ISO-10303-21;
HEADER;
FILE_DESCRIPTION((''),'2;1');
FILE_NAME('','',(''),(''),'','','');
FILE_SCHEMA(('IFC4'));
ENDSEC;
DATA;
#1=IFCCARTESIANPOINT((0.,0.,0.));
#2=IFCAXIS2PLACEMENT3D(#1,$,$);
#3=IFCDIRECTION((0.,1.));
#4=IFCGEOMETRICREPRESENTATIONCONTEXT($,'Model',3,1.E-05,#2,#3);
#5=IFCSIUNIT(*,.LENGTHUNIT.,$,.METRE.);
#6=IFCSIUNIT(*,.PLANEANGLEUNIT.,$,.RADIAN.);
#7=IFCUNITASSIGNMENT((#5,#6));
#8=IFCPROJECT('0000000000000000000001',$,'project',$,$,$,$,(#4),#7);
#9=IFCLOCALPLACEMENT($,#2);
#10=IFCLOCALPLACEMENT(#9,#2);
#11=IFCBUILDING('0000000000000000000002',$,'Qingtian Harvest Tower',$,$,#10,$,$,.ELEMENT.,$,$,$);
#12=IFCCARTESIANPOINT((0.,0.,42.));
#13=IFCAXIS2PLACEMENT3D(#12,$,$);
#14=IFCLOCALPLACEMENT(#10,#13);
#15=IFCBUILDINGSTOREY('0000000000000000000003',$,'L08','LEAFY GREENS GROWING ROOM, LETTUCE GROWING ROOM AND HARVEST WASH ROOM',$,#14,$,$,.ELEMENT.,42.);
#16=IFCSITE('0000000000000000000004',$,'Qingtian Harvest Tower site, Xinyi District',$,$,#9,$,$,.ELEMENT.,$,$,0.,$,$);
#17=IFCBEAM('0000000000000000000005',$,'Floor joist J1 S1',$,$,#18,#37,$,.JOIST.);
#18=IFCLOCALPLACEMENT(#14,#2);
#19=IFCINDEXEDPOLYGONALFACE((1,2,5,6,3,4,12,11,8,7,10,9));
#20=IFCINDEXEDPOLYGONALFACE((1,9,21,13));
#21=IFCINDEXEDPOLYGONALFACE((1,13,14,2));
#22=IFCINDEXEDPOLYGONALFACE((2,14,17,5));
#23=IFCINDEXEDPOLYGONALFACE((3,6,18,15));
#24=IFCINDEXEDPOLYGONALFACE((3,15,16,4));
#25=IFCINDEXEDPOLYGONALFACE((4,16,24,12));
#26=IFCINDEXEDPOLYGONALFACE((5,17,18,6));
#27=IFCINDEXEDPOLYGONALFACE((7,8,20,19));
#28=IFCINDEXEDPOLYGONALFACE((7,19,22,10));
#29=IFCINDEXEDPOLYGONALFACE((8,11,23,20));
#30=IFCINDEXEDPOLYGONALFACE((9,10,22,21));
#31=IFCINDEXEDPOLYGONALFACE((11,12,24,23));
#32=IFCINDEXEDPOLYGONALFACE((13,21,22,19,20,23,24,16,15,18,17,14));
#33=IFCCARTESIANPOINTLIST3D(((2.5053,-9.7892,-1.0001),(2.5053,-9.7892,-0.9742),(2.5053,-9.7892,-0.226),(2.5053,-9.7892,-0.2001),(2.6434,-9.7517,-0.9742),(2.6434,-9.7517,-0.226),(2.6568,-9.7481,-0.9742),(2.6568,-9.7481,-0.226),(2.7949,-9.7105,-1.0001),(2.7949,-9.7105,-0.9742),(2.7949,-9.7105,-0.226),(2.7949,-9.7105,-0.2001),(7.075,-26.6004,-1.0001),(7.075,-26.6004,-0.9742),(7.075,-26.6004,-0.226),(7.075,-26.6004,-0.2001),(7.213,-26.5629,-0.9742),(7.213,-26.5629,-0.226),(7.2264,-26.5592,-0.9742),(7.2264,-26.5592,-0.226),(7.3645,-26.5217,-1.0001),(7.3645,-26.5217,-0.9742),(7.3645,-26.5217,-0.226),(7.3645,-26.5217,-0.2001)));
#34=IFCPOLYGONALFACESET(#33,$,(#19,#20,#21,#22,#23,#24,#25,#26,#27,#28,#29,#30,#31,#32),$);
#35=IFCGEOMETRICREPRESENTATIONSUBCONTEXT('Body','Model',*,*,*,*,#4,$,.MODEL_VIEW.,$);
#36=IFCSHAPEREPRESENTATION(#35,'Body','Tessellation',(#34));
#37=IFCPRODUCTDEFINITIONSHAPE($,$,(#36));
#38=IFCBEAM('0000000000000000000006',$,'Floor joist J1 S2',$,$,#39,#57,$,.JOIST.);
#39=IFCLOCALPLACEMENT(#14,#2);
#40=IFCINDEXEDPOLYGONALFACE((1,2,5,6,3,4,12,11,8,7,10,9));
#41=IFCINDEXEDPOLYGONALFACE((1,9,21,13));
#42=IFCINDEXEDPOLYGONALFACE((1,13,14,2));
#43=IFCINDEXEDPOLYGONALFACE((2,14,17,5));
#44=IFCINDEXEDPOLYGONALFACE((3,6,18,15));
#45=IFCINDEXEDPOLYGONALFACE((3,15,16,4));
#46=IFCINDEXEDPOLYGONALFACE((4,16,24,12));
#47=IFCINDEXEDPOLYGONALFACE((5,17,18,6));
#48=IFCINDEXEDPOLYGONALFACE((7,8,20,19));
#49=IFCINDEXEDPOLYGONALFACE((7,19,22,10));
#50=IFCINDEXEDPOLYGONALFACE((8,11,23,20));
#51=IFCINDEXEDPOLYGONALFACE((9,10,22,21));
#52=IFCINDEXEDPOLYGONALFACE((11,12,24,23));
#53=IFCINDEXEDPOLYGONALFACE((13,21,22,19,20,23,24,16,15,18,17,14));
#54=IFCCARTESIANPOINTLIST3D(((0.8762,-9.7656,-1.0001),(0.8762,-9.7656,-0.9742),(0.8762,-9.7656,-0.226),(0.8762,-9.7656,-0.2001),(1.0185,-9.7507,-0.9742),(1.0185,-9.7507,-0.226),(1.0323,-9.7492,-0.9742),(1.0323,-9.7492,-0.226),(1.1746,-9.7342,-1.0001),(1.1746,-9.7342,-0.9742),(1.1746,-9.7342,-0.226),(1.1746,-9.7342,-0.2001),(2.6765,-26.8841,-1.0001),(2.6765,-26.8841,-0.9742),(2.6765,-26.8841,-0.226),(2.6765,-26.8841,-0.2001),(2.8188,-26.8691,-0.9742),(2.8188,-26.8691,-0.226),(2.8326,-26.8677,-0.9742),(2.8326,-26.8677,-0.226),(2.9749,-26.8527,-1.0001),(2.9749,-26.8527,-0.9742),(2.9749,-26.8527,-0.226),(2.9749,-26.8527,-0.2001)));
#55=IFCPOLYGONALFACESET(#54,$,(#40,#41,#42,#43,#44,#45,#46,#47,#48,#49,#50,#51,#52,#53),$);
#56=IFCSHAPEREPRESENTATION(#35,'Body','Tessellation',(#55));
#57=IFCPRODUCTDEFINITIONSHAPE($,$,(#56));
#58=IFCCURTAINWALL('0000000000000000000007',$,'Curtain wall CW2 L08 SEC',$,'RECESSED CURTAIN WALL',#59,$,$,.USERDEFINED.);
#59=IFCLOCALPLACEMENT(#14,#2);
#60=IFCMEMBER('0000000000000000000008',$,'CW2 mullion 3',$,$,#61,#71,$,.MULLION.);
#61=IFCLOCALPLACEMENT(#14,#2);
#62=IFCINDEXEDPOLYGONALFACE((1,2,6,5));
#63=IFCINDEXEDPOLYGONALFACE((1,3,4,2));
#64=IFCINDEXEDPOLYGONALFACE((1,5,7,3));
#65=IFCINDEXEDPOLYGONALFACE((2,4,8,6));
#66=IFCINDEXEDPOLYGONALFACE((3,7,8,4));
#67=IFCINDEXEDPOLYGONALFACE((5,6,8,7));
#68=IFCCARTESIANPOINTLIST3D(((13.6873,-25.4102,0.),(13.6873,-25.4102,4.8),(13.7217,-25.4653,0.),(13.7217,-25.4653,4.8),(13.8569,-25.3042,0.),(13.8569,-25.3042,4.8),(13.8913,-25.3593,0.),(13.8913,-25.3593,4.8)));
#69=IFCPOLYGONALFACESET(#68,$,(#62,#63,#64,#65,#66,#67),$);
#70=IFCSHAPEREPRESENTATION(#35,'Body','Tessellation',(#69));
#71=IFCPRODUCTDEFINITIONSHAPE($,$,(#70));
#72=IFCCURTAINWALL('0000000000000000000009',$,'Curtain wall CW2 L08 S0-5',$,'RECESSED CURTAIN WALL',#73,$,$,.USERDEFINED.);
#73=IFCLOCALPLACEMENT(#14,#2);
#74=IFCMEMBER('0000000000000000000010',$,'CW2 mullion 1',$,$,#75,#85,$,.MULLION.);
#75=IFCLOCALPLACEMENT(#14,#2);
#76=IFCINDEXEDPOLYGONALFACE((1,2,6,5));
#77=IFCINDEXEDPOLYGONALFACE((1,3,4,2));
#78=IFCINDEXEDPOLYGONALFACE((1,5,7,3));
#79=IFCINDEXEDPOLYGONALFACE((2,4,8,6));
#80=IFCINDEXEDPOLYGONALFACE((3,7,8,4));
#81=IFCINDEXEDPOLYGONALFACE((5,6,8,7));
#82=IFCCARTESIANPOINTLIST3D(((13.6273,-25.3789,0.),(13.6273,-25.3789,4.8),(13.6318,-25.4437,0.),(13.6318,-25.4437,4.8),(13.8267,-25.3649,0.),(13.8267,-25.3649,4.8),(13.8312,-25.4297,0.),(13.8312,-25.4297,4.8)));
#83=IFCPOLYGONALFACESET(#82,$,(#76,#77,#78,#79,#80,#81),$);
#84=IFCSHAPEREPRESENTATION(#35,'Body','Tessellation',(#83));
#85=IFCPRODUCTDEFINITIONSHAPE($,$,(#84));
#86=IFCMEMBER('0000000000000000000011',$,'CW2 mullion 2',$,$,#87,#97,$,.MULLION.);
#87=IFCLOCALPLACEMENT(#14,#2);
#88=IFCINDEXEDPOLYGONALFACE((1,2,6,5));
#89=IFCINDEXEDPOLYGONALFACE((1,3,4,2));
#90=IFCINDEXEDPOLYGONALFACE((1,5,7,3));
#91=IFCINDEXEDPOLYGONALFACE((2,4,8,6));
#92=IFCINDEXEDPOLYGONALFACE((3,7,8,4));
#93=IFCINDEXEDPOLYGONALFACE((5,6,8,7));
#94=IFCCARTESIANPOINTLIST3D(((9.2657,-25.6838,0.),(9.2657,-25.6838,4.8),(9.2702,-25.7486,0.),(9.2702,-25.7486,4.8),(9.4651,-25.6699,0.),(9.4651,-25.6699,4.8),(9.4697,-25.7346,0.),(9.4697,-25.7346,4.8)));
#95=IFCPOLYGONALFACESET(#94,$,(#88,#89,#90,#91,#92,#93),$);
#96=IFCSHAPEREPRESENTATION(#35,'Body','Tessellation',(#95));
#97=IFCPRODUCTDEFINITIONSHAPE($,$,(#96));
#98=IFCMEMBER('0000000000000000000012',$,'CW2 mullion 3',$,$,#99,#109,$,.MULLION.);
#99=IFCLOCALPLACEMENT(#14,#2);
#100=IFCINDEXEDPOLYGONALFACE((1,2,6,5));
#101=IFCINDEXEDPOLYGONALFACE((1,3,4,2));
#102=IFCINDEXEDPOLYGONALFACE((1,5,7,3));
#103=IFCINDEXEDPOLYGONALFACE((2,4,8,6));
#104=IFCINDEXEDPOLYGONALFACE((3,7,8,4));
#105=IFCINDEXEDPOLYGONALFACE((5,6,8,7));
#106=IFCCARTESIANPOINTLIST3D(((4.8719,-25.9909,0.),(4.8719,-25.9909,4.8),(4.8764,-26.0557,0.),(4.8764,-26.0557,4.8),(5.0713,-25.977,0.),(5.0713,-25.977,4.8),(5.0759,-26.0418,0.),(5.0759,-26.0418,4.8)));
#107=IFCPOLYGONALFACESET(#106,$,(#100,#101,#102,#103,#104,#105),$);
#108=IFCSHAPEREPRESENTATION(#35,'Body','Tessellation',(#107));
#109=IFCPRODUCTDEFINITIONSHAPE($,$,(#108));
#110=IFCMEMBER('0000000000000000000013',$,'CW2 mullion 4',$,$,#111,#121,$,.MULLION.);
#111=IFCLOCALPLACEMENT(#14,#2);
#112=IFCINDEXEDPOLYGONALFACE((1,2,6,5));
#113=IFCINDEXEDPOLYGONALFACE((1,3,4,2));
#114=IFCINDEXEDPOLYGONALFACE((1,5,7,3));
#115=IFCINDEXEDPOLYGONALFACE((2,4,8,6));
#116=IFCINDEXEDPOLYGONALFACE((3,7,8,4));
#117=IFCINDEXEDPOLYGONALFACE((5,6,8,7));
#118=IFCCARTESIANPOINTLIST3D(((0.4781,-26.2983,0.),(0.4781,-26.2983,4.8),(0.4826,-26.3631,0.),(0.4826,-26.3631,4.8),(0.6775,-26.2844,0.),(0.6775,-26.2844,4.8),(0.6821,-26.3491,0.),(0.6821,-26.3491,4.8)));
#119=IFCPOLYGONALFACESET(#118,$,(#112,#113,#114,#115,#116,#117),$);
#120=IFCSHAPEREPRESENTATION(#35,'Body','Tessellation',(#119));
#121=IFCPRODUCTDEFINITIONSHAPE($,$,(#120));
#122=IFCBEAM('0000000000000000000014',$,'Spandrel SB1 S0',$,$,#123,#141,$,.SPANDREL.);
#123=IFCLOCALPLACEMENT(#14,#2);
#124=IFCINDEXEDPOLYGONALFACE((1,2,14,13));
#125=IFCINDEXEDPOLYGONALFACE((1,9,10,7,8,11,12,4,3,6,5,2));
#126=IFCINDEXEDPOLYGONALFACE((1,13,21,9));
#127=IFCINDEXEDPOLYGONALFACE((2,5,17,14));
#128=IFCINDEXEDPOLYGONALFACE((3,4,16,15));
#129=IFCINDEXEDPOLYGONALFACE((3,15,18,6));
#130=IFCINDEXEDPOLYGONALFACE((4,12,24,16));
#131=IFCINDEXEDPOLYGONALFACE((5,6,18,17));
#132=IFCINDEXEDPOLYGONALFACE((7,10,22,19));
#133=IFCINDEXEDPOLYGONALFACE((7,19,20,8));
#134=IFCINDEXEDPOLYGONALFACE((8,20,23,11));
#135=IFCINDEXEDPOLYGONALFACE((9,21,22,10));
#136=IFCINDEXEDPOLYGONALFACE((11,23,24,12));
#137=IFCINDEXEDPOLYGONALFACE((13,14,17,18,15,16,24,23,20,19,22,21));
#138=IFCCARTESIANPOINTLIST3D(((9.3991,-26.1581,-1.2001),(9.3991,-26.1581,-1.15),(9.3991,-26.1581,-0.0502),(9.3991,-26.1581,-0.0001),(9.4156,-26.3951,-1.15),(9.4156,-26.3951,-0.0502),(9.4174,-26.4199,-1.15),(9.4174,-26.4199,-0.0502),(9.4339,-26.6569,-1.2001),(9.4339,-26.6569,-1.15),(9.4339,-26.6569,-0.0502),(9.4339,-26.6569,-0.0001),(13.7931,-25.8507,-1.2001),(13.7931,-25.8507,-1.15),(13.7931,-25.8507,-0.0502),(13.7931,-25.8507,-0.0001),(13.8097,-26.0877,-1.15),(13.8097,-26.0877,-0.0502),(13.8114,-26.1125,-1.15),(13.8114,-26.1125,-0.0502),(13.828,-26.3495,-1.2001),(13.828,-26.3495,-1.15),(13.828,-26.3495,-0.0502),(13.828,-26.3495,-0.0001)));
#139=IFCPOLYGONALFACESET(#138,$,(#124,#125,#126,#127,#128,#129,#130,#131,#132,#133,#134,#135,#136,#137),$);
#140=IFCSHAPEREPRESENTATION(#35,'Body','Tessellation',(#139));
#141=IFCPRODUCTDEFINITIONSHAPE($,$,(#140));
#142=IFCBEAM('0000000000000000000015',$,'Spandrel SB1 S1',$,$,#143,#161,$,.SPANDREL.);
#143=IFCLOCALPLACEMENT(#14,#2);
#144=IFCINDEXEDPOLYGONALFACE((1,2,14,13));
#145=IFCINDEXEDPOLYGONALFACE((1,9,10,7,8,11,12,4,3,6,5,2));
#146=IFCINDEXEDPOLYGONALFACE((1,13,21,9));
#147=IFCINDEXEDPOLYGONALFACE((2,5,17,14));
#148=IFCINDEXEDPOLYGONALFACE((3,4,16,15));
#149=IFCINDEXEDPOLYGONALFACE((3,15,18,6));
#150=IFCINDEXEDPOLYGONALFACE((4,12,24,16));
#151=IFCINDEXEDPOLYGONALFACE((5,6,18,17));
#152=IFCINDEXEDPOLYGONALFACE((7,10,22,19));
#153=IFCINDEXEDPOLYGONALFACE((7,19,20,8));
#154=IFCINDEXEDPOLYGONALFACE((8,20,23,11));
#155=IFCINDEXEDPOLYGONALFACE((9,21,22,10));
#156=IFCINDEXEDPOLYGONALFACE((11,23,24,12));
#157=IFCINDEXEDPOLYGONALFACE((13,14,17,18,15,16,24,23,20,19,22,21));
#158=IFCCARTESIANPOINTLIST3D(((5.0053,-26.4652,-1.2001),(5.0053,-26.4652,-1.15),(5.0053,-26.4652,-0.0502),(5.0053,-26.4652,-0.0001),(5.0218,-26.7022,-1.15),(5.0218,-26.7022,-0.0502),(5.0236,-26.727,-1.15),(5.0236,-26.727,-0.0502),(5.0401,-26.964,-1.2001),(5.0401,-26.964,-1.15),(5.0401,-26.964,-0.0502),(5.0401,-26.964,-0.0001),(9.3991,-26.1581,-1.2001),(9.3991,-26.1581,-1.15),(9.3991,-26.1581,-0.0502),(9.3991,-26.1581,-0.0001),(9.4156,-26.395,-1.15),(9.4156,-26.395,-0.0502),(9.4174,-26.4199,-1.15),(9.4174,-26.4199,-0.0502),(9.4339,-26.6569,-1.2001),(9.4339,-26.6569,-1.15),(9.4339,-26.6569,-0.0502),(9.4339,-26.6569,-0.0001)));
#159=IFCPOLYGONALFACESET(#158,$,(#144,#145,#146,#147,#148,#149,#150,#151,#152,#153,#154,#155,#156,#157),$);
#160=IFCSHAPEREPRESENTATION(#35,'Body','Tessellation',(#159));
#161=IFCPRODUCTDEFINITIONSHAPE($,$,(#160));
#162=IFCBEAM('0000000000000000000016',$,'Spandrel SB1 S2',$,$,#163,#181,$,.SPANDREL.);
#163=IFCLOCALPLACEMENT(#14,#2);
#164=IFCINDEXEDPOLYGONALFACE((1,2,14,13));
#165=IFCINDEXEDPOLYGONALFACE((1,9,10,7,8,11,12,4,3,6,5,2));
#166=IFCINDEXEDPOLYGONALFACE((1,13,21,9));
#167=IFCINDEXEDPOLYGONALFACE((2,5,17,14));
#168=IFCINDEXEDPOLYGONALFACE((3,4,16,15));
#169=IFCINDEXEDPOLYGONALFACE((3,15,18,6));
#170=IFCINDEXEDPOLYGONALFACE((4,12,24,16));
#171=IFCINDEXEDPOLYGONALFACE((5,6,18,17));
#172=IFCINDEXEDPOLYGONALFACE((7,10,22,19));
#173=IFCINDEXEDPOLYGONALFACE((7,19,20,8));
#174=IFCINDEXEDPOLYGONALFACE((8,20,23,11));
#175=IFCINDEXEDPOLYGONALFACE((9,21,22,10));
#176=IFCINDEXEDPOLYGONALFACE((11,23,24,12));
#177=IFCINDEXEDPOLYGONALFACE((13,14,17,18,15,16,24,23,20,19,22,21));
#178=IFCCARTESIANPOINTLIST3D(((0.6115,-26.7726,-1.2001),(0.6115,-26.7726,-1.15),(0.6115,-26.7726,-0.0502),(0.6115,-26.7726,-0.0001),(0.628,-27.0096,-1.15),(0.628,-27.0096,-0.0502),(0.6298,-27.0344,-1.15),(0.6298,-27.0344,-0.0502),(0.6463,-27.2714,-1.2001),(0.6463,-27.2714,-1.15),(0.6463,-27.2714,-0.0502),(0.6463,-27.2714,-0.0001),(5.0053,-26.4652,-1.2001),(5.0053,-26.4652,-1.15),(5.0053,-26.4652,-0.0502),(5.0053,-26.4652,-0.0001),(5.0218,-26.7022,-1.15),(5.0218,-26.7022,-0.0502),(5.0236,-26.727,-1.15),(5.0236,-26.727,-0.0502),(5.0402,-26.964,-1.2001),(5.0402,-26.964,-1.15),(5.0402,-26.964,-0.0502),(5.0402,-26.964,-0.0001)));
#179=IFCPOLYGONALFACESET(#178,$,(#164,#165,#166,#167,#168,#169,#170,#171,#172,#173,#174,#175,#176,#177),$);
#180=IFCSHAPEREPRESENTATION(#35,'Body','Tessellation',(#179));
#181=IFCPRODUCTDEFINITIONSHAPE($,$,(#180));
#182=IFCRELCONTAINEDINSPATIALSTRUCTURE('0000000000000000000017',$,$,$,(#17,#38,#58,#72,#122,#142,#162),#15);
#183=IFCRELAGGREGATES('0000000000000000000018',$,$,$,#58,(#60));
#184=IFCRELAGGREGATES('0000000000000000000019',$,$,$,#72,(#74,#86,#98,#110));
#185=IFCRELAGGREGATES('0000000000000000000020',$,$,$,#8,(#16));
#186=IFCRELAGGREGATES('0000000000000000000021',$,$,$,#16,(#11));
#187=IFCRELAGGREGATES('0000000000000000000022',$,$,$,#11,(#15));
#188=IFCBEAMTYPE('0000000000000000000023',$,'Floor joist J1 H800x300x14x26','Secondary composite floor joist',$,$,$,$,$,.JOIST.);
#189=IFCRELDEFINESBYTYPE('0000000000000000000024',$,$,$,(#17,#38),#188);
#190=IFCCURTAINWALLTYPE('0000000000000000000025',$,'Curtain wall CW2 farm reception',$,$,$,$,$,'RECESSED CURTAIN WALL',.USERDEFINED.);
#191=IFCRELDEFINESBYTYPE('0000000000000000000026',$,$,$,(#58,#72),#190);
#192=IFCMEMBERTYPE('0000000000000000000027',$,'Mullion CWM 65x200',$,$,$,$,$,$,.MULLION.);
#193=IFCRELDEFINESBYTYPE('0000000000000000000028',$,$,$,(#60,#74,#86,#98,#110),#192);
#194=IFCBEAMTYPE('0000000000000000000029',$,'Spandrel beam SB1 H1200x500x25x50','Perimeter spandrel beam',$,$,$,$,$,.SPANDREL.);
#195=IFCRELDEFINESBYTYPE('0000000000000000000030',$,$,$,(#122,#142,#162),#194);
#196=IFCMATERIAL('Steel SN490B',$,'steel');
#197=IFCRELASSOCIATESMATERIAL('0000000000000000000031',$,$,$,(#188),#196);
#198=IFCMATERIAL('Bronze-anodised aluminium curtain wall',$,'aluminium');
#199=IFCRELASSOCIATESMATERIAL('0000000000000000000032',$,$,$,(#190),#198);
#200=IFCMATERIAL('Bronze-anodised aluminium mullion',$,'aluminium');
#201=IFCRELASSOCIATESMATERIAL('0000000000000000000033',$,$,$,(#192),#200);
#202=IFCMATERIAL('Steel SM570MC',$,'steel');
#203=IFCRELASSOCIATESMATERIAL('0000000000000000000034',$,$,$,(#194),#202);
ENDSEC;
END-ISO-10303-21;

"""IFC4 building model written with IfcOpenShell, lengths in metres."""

from ifc_helpers import new_model, si_unit, direction, frame, origin, origin_2d, place, context, subcontext, project, spatial, rectangle, i_section, extrude, material, material_profile, profile_set, type_object, element, aggregate, save


model = new_model("IFC4")

# Units and contexts
model_context = context("Model", 3, precision=1e-05, world=origin(), true_north=direction((0.0, 1.0)))
body_context = subcontext(model_context, "Body", "Model", "MODEL_VIEW")
ifc_project = project(units=[si_unit("LENGTHUNIT", "METRE"), si_unit("PLANEANGLEUNIT", "RADIAN")], contexts=[model_context])

# Site, building, storey
site_placement = place(None, origin())
site = spatial("IfcSite", under=ifc_project, at=site_placement, Name="Qingtian Harvest Tower site, Xinyi District", CompositionType="ELEMENT", RefElevation=0.0)
building_placement = place(site_placement, origin())
building = spatial("IfcBuilding", under=site, at=building_placement, Name="Qingtian Harvest Tower", CompositionType="ELEMENT")
storey_placement = place(building_placement, frame((0.0, 0.0, 42.0)))
storey = spatial("IfcBuildingStorey", under=building, at=storey_placement, Name="L08", Description="LEAFY GREENS GROWING ROOM, LETTUCE GROWING ROOM AND HARVEST WASH ROOM", CompositionType="ELEMENT", Elevation=42.0)

# Beams
ifc_material_1 = material(Name="Steel SN490B", Category="steel")
ifc_material_profile_1 = material_profile(ifc_material_1, i_section(OverallWidth=0.3, OverallDepth=0.8, WebThickness=0.0139, FlangeThickness=0.0259, at=origin_2d()), Name="H800x300x14x26")
ifc_profile_set_1 = profile_set([ifc_material_profile_1], Name="Steel SN490B")
beam_type_1 = type_object("IfcBeamType", Name="Floor joist J1 H800x300x14x26", Description="Secondary composite floor joist", PredefinedType="JOIST", material=ifc_profile_set_1)
beam_1_placement = place(storey_placement, frame((7.2197, -26.561, -0.6001), z_axis=(-0.262303, 0.964986, 0.0), x_axis=(-0.964986, -0.262303, 0.0)))
element("IfcBeam", 1, at=beam_1_placement, inside=storey, type_object=beam_type_1, Name="Floor joist J1 S1", PredefinedType="JOIST", context=body_context, shape_type="SweptSolid", body=[
    extrude(i_section(OverallWidth=0.3, OverallDepth=0.8, WebThickness=0.0139, FlangeThickness=0.0259, at=origin_2d()), origin(), (0.0, 0.0, 1.0), 17.4211),
])
beam_2_placement = place(storey_placement, frame((2.8257, -26.8684, -0.6001), z_axis=(-0.10459, 0.994515, 0.0), x_axis=(-0.994515, -0.10459, 0.0)))
element("IfcBeam", 2, at=beam_2_placement, inside=storey, type_object=beam_type_1, Name="Floor joist J1 S2", PredefinedType="JOIST", context=body_context, shape_type="SweptSolid", body=[
    extrude(i_section(OverallWidth=0.3, OverallDepth=0.8, WebThickness=0.0139, FlangeThickness=0.0259, at=origin_2d()), origin(), (0.0, 0.0, 1.0), 17.2129),
])

# Curtain wall, member
ifc_material_2 = material(Name="Bronze-anodised aluminium curtain wall", Category="aluminium")
curtain_wall_type = type_object("IfcCurtainWallType", Name="Curtain wall CW2 farm reception", ElementType="RECESSED CURTAIN WALL", PredefinedType="USERDEFINED", material=ifc_material_2)
curtain_wall_1_placement = place(storey_placement, origin())
curtain_wall_1 = element("IfcCurtainWall", 3, at=curtain_wall_1_placement, inside=storey, type_object=curtain_wall_type, Name="Curtain wall CW2 L08 SEC", ObjectType="RECESSED CURTAIN WALL", PredefinedType="USERDEFINED")
ifc_material_3 = material(Name="Bronze-anodised aluminium mullion", Category="aluminium")
ifc_material_profile_2 = material_profile(ifc_material_3, rectangle(XDim=0.0649, YDim=0.2, at=origin_2d()), Name="AL 65x200")
ifc_profile_set_2 = profile_set([ifc_material_profile_2], Name="Bronze-anodised aluminium mullion")
member_type_1 = type_object("IfcMemberType", Name="Mullion CWM 65x200", PredefinedType="MULLION", material=ifc_profile_set_2)
member_1_placement = place(storey_placement, frame((13.7893, -25.3848, 0.0), z_axis=(0.0, 0.0, 1.0), x_axis=(0.529919, -0.848048, 0.0)))
member_1 = element("IfcMember", 4, at=member_1_placement, type_object=member_type_1, Name="CW2 mullion 3", PredefinedType="MULLION", context=body_context, shape_type="SweptSolid", body=[
    extrude(rectangle(XDim=0.0649, YDim=0.2, at=origin_2d()), origin(), (0.0, 0.0, 1.0), 4.8),
])
aggregate(curtain_wall_1, [member_1])

# Curtain wall, members
curtain_wall_2_placement = place(storey_placement, origin())
curtain_wall_2 = element("IfcCurtainWall", 5, at=curtain_wall_2_placement, inside=storey, type_object=curtain_wall_type, Name="Curtain wall CW2 L08 S0-5", ObjectType="RECESSED CURTAIN WALL", PredefinedType="USERDEFINED")
member_2_placement = place(storey_placement, frame((13.7292, -25.4043, 0.0), z_axis=(0.0, 0.0, 1.0), x_axis=(0.069756, -0.997564, 0.0)))
member_2 = element("IfcMember", 6, at=member_2_placement, type_object=member_type_1, Name="CW2 mullion 1", PredefinedType="MULLION", context=body_context, shape_type="SweptSolid", body=[
    extrude(rectangle(XDim=0.0649, YDim=0.2, at=origin_2d()), origin(), (0.0, 0.0, 1.0), 4.8),
])
member_3_placement = place(storey_placement, frame((9.3677, -25.7092, 0.0), z_axis=(0.0, 0.0, 1.0), x_axis=(0.069756, -0.997564, 0.0)))
member_3 = element("IfcMember", 7, at=member_3_placement, type_object=member_type_1, Name="CW2 mullion 2", PredefinedType="MULLION", context=body_context, shape_type="SweptSolid", body=[
    extrude(rectangle(XDim=0.0649, YDim=0.2, at=origin_2d()), origin(), (0.0, 0.0, 1.0), 4.8),
])
member_4_placement = place(storey_placement, frame((4.9739, -26.0164, 0.0), z_axis=(0.0, 0.0, 1.0), x_axis=(0.069756, -0.997564, 0.0)))
member_4 = element("IfcMember", 8, at=member_4_placement, type_object=member_type_1, Name="CW2 mullion 3", PredefinedType="MULLION", context=body_context, shape_type="SweptSolid", body=[
    extrude(rectangle(XDim=0.0649, YDim=0.2, at=origin_2d()), origin(), (0.0, 0.0, 1.0), 4.8),
])
member_5_placement = place(storey_placement, frame((0.5801, -26.3237, 0.0), z_axis=(0.0, 0.0, 1.0), x_axis=(0.069756, -0.997564, 0.0)))
member_5 = element("IfcMember", 9, at=member_5_placement, type_object=member_type_1, Name="CW2 mullion 4", PredefinedType="MULLION", context=body_context, shape_type="SweptSolid", body=[
    extrude(rectangle(XDim=0.0649, YDim=0.2, at=origin_2d()), origin(), (0.0, 0.0, 1.0), 4.8),
])

# Beams
ifc_material_4 = material(Name="Steel SM570MC", Category="steel")
ifc_material_profile_3 = material_profile(ifc_material_4, i_section(OverallWidth=0.5, OverallDepth=1.2, WebThickness=0.0249, FlangeThickness=0.05, at=origin_2d()), Name="H1200x500x25x50")
ifc_profile_set_3 = profile_set([ifc_material_profile_3], Name="Steel SM570MC")
beam_type_2 = type_object("IfcBeamType", Name="Spandrel beam SB1 H1200x500x25x50", Description="Perimeter spandrel beam", PredefinedType="SPANDREL", material=ifc_profile_set_3)
beam_3_placement = place(storey_placement, frame((13.8105, -26.1001, -0.6001), z_axis=(-0.997562, -0.069782, 0.0), x_axis=(0.069782, -0.997562, 0.0)))
element("IfcBeam", 10, at=beam_3_placement, inside=storey, type_object=beam_type_2, Name="Spandrel SB1 S0", PredefinedType="SPANDREL", context=body_context, shape_type="SweptSolid", body=[
    extrude(i_section(OverallWidth=0.5, OverallDepth=1.2, WebThickness=0.0249, FlangeThickness=0.05, at=origin_2d()), origin(), (0.0, 0.0, 1.0), 4.4048),
])
for number, where, z_axis, x_axis, name in (
    (11, (9.4165, -26.4075, -0.6001), (-0.997566, -0.06973, 0.0), (0.06973, -0.997566, 0.0), "Spandrel SB1 S1"),
    (12, (5.0227, -26.7146, -0.6001), (-0.997562, -0.069786, 0.0), (0.069786, -0.997562, 0.0), "Spandrel SB1 S2"),
):
    element("IfcBeam", number, at=place(storey_placement, frame(where, z_axis=z_axis, x_axis=x_axis)), inside=storey, type_object=beam_type_2, Name=name, PredefinedType="SPANDREL", context=body_context, shape_type="SweptSolid", body=[
        extrude(i_section(OverallWidth=0.5, OverallDepth=1.2, WebThickness=0.0249, FlangeThickness=0.05, at=origin_2d()), origin(), (0.0, 0.0, 1.0), 4.4045),
    ])

aggregate(curtain_wall_2, [member_2, member_3, member_4, member_5])

save(model, "model.ifc")
